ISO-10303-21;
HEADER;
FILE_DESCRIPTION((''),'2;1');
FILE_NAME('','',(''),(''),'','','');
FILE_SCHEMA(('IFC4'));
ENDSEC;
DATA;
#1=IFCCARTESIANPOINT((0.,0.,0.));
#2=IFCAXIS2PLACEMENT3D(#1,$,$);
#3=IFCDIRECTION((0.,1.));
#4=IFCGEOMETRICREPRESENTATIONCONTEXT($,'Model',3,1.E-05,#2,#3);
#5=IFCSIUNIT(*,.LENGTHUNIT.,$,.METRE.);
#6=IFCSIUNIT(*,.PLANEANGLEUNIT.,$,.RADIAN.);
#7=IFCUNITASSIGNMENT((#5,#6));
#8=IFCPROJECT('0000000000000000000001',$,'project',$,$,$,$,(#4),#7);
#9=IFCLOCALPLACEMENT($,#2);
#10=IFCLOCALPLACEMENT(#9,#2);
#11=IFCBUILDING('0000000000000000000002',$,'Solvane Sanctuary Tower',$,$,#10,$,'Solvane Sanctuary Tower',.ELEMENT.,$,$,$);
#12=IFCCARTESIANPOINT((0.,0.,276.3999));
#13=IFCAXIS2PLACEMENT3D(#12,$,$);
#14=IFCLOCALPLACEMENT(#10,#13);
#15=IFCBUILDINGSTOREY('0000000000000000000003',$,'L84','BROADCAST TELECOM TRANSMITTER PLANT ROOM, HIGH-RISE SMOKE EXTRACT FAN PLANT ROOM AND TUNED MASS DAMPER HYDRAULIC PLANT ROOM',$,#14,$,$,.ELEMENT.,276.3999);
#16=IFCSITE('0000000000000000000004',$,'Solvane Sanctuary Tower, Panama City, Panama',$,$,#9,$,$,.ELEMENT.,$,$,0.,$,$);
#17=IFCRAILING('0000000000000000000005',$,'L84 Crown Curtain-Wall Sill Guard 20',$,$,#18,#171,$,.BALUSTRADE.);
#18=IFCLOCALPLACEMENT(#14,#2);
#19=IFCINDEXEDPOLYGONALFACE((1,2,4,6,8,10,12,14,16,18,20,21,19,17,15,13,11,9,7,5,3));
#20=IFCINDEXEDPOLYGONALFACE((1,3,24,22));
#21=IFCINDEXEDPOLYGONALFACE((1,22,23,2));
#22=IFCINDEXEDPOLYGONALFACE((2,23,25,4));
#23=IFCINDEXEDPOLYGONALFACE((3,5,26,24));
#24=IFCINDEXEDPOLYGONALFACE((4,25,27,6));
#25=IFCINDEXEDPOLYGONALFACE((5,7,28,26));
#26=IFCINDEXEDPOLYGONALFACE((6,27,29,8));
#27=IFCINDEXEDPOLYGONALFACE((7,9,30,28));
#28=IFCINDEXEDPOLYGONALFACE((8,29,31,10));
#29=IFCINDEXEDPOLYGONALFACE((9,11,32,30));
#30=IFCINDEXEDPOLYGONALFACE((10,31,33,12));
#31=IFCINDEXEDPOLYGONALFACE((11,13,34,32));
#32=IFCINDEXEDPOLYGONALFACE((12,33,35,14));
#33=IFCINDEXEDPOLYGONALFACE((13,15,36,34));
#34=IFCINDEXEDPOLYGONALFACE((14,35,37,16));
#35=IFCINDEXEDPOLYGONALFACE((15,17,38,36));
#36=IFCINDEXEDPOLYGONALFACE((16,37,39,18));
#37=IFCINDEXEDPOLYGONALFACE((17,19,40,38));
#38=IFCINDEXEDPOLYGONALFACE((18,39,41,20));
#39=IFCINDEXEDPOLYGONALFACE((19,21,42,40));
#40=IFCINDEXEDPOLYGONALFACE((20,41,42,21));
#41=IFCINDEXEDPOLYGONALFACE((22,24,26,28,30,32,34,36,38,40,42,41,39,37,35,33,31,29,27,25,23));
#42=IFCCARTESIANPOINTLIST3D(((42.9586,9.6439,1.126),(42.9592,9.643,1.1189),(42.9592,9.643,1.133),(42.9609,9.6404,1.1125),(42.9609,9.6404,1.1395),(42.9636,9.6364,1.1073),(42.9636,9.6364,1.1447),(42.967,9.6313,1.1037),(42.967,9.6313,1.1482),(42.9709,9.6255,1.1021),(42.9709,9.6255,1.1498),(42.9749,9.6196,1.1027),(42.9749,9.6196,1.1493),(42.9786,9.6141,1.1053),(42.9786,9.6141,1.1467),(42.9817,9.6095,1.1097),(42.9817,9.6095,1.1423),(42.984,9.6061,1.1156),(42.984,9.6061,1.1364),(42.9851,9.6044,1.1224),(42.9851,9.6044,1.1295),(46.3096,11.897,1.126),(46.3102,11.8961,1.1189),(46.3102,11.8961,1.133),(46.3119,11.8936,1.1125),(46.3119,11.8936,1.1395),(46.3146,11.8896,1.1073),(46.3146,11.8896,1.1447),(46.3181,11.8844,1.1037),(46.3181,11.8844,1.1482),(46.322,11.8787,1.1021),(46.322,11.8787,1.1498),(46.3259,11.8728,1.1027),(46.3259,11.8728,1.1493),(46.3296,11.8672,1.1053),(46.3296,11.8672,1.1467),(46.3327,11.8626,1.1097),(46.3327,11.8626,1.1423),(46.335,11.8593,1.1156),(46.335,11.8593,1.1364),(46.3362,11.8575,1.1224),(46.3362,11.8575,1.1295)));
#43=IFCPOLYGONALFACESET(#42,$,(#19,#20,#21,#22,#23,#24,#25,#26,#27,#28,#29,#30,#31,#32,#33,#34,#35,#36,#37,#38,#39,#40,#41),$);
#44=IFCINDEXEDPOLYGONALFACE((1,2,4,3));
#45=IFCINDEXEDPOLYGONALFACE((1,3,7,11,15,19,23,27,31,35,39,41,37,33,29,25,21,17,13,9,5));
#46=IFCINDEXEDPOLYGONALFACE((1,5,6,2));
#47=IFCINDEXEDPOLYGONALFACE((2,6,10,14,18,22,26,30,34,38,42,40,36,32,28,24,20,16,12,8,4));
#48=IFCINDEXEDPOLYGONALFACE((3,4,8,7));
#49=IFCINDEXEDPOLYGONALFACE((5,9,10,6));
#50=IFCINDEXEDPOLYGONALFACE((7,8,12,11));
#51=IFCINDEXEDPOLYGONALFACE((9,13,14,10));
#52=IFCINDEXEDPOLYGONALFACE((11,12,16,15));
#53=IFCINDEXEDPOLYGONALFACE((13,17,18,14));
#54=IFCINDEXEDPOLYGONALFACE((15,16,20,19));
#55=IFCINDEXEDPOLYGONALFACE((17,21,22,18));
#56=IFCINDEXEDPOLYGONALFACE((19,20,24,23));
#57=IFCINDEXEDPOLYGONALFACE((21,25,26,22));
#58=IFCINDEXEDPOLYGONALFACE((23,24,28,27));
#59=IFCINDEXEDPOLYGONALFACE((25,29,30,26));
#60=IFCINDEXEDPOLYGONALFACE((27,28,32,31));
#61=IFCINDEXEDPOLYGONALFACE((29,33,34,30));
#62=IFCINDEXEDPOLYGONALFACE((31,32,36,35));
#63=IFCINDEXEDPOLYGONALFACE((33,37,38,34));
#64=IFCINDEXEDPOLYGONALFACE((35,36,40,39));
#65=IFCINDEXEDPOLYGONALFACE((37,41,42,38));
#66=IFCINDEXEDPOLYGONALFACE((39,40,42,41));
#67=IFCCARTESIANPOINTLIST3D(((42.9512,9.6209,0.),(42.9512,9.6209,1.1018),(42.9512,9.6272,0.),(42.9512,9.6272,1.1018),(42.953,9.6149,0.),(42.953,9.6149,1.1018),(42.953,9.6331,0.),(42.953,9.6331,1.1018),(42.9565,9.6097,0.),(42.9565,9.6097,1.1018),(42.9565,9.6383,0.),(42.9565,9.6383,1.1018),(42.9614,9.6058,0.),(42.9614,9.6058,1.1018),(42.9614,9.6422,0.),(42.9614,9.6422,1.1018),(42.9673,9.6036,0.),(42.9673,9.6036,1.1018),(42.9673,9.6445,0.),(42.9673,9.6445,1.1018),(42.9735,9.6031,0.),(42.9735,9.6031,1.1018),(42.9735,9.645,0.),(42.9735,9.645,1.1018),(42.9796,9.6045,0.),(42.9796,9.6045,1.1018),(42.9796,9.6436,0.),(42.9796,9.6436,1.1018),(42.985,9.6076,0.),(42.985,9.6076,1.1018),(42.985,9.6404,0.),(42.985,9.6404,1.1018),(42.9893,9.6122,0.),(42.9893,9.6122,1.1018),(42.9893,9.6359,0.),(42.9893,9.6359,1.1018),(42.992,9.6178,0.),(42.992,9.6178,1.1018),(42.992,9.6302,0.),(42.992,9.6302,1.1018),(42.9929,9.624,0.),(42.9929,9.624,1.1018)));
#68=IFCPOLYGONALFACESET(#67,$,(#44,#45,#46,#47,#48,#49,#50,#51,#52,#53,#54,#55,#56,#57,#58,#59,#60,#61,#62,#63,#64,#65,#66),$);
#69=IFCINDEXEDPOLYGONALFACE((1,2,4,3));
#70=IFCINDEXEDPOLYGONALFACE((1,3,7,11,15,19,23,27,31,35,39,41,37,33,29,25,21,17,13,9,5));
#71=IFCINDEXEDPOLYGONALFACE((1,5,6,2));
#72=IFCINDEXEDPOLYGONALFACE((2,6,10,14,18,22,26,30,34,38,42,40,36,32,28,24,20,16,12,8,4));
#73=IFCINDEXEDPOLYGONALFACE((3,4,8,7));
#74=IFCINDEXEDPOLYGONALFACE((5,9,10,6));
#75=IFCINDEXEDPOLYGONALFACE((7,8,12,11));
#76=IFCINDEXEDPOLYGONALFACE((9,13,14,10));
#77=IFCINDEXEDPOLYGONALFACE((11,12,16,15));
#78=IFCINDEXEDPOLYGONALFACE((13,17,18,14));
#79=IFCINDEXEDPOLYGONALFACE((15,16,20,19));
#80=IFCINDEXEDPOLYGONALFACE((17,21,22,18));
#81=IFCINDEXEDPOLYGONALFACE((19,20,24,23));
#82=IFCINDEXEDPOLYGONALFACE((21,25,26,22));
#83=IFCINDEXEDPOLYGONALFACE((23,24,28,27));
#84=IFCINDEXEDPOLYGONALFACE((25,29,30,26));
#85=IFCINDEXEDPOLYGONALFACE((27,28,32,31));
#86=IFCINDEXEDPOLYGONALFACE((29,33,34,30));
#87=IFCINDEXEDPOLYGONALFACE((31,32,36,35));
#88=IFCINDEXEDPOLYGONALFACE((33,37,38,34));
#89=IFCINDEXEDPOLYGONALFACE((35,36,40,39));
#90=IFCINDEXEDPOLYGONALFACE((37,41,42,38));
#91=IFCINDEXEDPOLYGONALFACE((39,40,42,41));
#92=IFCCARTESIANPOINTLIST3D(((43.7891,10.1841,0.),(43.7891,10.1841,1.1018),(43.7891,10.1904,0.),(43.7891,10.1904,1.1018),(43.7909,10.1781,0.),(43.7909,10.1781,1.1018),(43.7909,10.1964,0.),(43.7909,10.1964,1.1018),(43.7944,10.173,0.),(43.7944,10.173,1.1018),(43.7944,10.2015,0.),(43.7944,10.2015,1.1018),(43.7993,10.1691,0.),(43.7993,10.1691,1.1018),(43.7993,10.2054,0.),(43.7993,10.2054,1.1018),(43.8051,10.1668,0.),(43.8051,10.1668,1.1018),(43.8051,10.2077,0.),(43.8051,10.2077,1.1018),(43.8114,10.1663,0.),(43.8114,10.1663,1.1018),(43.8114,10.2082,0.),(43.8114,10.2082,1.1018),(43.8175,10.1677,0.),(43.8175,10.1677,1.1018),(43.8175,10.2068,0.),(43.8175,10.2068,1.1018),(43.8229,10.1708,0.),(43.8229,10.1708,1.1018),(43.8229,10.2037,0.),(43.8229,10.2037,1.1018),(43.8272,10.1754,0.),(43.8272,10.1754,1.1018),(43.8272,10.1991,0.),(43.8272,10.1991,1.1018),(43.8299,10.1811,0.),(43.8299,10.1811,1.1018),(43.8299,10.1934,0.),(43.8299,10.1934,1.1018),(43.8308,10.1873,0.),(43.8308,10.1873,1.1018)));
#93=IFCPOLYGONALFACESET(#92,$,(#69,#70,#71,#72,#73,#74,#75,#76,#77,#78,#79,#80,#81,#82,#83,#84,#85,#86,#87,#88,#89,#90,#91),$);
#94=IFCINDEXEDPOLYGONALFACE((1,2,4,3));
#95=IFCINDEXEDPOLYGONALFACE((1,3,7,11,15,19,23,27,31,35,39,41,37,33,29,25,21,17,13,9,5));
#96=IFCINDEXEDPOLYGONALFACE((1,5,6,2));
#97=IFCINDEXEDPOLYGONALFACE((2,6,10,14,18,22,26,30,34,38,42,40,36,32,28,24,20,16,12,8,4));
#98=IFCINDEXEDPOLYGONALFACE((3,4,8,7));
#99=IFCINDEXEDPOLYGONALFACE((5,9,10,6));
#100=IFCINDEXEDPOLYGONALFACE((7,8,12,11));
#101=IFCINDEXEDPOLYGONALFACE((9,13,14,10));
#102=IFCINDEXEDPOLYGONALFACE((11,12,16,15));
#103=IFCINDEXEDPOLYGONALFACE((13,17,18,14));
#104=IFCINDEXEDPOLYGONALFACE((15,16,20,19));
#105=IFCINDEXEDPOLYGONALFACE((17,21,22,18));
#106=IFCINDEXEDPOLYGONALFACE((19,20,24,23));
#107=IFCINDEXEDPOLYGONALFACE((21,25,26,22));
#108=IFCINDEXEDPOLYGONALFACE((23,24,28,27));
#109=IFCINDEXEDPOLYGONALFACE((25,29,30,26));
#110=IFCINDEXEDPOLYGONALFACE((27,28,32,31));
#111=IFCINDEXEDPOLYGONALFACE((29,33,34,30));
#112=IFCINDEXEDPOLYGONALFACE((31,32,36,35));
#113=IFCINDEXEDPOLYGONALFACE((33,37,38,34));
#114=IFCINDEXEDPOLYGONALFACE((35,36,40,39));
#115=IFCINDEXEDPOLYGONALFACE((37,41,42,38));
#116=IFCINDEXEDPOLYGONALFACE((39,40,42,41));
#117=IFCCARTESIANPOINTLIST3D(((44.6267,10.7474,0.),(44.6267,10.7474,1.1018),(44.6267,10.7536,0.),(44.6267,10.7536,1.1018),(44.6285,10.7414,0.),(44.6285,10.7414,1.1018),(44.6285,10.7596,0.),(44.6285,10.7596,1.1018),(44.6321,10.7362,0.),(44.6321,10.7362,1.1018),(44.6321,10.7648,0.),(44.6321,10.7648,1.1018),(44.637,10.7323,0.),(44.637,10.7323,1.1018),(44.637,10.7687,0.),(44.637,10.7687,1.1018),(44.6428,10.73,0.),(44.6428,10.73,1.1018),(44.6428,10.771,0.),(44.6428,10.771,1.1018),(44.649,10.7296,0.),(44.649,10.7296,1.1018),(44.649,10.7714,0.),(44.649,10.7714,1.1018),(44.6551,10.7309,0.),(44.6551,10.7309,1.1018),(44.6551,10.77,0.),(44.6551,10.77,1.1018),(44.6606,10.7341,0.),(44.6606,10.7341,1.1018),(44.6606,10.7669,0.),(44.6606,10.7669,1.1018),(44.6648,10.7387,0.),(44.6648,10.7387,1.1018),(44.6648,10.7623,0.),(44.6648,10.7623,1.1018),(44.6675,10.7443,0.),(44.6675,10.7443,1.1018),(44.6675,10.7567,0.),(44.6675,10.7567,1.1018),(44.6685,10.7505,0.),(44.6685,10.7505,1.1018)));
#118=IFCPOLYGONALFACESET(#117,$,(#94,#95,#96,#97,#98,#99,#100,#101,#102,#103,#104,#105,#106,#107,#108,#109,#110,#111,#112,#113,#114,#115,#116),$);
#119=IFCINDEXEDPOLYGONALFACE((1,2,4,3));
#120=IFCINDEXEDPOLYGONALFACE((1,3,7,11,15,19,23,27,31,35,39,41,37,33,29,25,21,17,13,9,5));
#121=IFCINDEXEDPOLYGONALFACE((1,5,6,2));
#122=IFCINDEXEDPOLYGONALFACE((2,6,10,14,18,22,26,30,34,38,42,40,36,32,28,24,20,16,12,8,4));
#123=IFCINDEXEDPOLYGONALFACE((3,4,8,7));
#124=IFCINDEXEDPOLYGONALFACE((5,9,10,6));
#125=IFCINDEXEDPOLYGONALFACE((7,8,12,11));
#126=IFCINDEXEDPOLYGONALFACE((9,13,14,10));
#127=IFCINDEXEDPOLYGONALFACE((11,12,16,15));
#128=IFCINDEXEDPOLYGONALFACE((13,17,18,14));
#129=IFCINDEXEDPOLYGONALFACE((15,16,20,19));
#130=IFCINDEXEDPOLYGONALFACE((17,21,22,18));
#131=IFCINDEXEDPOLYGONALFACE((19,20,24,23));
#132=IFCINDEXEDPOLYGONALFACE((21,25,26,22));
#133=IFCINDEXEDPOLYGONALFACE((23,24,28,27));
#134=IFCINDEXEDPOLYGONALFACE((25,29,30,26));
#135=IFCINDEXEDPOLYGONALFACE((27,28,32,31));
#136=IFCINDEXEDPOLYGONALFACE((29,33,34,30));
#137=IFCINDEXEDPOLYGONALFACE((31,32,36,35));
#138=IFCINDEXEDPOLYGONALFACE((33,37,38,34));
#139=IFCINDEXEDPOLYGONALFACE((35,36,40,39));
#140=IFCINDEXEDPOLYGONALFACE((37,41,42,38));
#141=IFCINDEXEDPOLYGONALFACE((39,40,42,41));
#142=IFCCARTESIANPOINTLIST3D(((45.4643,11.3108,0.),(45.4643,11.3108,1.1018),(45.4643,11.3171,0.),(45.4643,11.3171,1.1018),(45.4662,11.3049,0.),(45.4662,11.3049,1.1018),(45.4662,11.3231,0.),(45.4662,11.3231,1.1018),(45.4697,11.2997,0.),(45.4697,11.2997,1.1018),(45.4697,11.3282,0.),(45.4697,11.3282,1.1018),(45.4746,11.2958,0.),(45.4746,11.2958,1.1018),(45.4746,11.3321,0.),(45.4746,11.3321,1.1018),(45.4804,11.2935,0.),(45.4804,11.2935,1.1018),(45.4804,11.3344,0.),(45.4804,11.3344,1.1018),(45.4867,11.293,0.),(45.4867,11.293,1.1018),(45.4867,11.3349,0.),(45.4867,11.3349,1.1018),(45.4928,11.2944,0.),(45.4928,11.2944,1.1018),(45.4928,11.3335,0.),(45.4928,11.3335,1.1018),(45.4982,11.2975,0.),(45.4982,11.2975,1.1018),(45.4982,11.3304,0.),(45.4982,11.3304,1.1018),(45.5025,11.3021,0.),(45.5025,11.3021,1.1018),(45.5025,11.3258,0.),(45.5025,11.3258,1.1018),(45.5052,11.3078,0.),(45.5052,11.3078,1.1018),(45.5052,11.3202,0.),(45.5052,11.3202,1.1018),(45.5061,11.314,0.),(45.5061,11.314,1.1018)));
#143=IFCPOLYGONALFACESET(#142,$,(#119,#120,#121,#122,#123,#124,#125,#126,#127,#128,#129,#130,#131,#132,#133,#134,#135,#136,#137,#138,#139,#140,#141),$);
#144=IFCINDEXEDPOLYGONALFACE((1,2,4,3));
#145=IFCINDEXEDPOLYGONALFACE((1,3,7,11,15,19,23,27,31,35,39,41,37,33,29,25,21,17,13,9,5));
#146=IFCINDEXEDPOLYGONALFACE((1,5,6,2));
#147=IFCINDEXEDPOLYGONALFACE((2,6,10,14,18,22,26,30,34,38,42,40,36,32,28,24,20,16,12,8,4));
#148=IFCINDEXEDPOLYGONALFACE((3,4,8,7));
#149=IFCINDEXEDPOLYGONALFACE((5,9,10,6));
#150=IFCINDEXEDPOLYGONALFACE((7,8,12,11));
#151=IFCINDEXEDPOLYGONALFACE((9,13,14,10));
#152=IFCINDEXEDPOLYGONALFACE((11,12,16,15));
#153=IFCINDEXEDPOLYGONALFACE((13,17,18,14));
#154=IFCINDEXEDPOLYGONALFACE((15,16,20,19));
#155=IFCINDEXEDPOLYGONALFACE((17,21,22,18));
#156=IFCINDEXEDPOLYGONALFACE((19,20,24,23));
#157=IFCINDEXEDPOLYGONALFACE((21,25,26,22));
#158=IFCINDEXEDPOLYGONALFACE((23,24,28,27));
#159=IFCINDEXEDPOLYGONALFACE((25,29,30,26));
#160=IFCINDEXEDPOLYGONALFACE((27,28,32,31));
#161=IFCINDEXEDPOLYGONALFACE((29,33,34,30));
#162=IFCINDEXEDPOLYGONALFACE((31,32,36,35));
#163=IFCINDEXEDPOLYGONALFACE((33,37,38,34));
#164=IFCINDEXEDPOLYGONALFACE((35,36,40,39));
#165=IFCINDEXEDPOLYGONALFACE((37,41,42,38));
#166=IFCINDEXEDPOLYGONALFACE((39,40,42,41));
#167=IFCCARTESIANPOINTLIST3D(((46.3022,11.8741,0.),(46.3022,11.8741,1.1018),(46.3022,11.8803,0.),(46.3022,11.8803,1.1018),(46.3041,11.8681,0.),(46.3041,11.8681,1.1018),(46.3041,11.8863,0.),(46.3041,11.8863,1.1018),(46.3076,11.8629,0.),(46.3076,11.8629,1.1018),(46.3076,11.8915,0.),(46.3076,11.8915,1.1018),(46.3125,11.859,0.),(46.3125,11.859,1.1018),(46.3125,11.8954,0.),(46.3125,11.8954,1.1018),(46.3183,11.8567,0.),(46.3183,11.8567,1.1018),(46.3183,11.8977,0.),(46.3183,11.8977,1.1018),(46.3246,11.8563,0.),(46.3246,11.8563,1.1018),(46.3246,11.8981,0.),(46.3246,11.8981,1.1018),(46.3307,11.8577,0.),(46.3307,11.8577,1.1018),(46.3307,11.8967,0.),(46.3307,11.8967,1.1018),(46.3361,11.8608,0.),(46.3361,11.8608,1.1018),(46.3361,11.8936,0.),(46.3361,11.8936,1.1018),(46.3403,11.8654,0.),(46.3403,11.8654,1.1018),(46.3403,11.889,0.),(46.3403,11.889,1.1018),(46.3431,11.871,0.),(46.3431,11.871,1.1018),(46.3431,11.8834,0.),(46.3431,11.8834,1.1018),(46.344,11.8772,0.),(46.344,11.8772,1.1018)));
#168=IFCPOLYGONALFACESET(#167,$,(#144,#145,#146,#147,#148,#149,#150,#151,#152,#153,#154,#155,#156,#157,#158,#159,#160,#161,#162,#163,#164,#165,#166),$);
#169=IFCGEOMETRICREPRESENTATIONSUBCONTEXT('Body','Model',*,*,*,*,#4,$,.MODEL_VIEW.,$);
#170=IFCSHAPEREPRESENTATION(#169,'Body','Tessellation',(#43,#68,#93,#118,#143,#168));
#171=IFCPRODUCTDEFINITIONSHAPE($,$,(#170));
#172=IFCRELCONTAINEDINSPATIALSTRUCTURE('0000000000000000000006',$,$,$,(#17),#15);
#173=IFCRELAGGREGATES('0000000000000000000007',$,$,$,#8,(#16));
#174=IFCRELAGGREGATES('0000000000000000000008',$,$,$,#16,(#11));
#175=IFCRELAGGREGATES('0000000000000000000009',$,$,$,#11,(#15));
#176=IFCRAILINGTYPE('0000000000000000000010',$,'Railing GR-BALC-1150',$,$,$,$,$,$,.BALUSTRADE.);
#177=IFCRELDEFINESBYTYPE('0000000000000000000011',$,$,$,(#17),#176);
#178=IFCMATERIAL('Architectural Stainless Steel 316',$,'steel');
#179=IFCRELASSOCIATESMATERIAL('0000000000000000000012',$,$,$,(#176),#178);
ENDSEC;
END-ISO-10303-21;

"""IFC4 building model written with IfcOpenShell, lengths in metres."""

from ifc_helpers import new_model, si_unit, direction, frame, origin, origin_2d, place, context, subcontext, project, spatial, circle, extrude, material, type_object, element, save


model = new_model("IFC4")

# Units and contexts
model_context = context("Model", 3, precision=1e-05, world=origin(), true_north=direction((0.0, 1.0)))
body_context = subcontext(model_context, "Body", "Model", "MODEL_VIEW")
ifc_project = project(units=[si_unit("LENGTHUNIT", "METRE"), si_unit("PLANEANGLEUNIT", "RADIAN")], contexts=[model_context])

# Site, building, storey
site_placement = place(None, origin())
site = spatial("IfcSite", under=ifc_project, at=site_placement, Name="Solvane Sanctuary Tower, Panama City, Panama", CompositionType="ELEMENT", RefElevation=0.0)
building_placement = place(site_placement, origin())
building = spatial("IfcBuilding", under=site, at=building_placement, Name="Solvane Sanctuary Tower", LongName="Solvane Sanctuary Tower", CompositionType="ELEMENT")
storey_placement = place(building_placement, frame((0.0, 0.0, 276.3999)))
storey = spatial("IfcBuildingStorey", under=building, at=storey_placement, Name="L84", Description="BROADCAST TELECOM TRANSMITTER PLANT ROOM, HIGH-RISE SMOKE EXTRACT FAN PLANT ROOM AND TUNED MASS DAMPER HYDRAULIC PLANT ROOM", CompositionType="ELEMENT", Elevation=276.3999)

# Railing
ifc_material_1 = material(Name="Architectural Stainless Steel 316", Category="steel")
railing_type = type_object("IfcRailingType", Name="Railing GR-BALC-1150", PredefinedType="BALUSTRADE", material=ifc_material_1)
railing_1_placement = place(storey_placement, frame((42.9719, 9.624, 0.0)))
element("IfcRailing", 1, at=railing_1_placement, inside=storey, type_object=railing_type, Name="L84 Crown Curtain-Wall Sill Guard 20", PredefinedType="BALUSTRADE", context=body_context, shape_type="SweptSolid", body=[
    extrude(circle(Radius=0.0239, at=origin_2d()), frame((0.0, 0.0, 1.126), z_axis=(0.829858, 0.557975, 0.0), x_axis=(-0.557975, 0.829858, 0.0)), (0.0, 0.0, 1.0), 4.0381),
    extrude(circle(Radius=0.021, at=origin_2d()), origin(), (0.0, 0.0, 1.0), 1.1018),
    extrude(circle(Radius=0.021, at=origin_2d()), frame((0.8379, 0.5632, 0.0)), (0.0, 0.0, 1.0), 1.1018),
    extrude(circle(Radius=0.021, at=origin_2d()), frame((1.6755, 1.1265, 0.0)), (0.0, 0.0, 1.0), 1.1018),
    extrude(circle(Radius=0.021, at=origin_2d()), frame((2.5132, 1.6899, 0.0)), (0.0, 0.0, 1.0), 1.1018),
    extrude(circle(Radius=0.021, at=origin_2d()), frame((3.3511, 2.2532, 0.0)), (0.0, 0.0, 1.0), 1.1018),
])

save(model, "model.ifc")
